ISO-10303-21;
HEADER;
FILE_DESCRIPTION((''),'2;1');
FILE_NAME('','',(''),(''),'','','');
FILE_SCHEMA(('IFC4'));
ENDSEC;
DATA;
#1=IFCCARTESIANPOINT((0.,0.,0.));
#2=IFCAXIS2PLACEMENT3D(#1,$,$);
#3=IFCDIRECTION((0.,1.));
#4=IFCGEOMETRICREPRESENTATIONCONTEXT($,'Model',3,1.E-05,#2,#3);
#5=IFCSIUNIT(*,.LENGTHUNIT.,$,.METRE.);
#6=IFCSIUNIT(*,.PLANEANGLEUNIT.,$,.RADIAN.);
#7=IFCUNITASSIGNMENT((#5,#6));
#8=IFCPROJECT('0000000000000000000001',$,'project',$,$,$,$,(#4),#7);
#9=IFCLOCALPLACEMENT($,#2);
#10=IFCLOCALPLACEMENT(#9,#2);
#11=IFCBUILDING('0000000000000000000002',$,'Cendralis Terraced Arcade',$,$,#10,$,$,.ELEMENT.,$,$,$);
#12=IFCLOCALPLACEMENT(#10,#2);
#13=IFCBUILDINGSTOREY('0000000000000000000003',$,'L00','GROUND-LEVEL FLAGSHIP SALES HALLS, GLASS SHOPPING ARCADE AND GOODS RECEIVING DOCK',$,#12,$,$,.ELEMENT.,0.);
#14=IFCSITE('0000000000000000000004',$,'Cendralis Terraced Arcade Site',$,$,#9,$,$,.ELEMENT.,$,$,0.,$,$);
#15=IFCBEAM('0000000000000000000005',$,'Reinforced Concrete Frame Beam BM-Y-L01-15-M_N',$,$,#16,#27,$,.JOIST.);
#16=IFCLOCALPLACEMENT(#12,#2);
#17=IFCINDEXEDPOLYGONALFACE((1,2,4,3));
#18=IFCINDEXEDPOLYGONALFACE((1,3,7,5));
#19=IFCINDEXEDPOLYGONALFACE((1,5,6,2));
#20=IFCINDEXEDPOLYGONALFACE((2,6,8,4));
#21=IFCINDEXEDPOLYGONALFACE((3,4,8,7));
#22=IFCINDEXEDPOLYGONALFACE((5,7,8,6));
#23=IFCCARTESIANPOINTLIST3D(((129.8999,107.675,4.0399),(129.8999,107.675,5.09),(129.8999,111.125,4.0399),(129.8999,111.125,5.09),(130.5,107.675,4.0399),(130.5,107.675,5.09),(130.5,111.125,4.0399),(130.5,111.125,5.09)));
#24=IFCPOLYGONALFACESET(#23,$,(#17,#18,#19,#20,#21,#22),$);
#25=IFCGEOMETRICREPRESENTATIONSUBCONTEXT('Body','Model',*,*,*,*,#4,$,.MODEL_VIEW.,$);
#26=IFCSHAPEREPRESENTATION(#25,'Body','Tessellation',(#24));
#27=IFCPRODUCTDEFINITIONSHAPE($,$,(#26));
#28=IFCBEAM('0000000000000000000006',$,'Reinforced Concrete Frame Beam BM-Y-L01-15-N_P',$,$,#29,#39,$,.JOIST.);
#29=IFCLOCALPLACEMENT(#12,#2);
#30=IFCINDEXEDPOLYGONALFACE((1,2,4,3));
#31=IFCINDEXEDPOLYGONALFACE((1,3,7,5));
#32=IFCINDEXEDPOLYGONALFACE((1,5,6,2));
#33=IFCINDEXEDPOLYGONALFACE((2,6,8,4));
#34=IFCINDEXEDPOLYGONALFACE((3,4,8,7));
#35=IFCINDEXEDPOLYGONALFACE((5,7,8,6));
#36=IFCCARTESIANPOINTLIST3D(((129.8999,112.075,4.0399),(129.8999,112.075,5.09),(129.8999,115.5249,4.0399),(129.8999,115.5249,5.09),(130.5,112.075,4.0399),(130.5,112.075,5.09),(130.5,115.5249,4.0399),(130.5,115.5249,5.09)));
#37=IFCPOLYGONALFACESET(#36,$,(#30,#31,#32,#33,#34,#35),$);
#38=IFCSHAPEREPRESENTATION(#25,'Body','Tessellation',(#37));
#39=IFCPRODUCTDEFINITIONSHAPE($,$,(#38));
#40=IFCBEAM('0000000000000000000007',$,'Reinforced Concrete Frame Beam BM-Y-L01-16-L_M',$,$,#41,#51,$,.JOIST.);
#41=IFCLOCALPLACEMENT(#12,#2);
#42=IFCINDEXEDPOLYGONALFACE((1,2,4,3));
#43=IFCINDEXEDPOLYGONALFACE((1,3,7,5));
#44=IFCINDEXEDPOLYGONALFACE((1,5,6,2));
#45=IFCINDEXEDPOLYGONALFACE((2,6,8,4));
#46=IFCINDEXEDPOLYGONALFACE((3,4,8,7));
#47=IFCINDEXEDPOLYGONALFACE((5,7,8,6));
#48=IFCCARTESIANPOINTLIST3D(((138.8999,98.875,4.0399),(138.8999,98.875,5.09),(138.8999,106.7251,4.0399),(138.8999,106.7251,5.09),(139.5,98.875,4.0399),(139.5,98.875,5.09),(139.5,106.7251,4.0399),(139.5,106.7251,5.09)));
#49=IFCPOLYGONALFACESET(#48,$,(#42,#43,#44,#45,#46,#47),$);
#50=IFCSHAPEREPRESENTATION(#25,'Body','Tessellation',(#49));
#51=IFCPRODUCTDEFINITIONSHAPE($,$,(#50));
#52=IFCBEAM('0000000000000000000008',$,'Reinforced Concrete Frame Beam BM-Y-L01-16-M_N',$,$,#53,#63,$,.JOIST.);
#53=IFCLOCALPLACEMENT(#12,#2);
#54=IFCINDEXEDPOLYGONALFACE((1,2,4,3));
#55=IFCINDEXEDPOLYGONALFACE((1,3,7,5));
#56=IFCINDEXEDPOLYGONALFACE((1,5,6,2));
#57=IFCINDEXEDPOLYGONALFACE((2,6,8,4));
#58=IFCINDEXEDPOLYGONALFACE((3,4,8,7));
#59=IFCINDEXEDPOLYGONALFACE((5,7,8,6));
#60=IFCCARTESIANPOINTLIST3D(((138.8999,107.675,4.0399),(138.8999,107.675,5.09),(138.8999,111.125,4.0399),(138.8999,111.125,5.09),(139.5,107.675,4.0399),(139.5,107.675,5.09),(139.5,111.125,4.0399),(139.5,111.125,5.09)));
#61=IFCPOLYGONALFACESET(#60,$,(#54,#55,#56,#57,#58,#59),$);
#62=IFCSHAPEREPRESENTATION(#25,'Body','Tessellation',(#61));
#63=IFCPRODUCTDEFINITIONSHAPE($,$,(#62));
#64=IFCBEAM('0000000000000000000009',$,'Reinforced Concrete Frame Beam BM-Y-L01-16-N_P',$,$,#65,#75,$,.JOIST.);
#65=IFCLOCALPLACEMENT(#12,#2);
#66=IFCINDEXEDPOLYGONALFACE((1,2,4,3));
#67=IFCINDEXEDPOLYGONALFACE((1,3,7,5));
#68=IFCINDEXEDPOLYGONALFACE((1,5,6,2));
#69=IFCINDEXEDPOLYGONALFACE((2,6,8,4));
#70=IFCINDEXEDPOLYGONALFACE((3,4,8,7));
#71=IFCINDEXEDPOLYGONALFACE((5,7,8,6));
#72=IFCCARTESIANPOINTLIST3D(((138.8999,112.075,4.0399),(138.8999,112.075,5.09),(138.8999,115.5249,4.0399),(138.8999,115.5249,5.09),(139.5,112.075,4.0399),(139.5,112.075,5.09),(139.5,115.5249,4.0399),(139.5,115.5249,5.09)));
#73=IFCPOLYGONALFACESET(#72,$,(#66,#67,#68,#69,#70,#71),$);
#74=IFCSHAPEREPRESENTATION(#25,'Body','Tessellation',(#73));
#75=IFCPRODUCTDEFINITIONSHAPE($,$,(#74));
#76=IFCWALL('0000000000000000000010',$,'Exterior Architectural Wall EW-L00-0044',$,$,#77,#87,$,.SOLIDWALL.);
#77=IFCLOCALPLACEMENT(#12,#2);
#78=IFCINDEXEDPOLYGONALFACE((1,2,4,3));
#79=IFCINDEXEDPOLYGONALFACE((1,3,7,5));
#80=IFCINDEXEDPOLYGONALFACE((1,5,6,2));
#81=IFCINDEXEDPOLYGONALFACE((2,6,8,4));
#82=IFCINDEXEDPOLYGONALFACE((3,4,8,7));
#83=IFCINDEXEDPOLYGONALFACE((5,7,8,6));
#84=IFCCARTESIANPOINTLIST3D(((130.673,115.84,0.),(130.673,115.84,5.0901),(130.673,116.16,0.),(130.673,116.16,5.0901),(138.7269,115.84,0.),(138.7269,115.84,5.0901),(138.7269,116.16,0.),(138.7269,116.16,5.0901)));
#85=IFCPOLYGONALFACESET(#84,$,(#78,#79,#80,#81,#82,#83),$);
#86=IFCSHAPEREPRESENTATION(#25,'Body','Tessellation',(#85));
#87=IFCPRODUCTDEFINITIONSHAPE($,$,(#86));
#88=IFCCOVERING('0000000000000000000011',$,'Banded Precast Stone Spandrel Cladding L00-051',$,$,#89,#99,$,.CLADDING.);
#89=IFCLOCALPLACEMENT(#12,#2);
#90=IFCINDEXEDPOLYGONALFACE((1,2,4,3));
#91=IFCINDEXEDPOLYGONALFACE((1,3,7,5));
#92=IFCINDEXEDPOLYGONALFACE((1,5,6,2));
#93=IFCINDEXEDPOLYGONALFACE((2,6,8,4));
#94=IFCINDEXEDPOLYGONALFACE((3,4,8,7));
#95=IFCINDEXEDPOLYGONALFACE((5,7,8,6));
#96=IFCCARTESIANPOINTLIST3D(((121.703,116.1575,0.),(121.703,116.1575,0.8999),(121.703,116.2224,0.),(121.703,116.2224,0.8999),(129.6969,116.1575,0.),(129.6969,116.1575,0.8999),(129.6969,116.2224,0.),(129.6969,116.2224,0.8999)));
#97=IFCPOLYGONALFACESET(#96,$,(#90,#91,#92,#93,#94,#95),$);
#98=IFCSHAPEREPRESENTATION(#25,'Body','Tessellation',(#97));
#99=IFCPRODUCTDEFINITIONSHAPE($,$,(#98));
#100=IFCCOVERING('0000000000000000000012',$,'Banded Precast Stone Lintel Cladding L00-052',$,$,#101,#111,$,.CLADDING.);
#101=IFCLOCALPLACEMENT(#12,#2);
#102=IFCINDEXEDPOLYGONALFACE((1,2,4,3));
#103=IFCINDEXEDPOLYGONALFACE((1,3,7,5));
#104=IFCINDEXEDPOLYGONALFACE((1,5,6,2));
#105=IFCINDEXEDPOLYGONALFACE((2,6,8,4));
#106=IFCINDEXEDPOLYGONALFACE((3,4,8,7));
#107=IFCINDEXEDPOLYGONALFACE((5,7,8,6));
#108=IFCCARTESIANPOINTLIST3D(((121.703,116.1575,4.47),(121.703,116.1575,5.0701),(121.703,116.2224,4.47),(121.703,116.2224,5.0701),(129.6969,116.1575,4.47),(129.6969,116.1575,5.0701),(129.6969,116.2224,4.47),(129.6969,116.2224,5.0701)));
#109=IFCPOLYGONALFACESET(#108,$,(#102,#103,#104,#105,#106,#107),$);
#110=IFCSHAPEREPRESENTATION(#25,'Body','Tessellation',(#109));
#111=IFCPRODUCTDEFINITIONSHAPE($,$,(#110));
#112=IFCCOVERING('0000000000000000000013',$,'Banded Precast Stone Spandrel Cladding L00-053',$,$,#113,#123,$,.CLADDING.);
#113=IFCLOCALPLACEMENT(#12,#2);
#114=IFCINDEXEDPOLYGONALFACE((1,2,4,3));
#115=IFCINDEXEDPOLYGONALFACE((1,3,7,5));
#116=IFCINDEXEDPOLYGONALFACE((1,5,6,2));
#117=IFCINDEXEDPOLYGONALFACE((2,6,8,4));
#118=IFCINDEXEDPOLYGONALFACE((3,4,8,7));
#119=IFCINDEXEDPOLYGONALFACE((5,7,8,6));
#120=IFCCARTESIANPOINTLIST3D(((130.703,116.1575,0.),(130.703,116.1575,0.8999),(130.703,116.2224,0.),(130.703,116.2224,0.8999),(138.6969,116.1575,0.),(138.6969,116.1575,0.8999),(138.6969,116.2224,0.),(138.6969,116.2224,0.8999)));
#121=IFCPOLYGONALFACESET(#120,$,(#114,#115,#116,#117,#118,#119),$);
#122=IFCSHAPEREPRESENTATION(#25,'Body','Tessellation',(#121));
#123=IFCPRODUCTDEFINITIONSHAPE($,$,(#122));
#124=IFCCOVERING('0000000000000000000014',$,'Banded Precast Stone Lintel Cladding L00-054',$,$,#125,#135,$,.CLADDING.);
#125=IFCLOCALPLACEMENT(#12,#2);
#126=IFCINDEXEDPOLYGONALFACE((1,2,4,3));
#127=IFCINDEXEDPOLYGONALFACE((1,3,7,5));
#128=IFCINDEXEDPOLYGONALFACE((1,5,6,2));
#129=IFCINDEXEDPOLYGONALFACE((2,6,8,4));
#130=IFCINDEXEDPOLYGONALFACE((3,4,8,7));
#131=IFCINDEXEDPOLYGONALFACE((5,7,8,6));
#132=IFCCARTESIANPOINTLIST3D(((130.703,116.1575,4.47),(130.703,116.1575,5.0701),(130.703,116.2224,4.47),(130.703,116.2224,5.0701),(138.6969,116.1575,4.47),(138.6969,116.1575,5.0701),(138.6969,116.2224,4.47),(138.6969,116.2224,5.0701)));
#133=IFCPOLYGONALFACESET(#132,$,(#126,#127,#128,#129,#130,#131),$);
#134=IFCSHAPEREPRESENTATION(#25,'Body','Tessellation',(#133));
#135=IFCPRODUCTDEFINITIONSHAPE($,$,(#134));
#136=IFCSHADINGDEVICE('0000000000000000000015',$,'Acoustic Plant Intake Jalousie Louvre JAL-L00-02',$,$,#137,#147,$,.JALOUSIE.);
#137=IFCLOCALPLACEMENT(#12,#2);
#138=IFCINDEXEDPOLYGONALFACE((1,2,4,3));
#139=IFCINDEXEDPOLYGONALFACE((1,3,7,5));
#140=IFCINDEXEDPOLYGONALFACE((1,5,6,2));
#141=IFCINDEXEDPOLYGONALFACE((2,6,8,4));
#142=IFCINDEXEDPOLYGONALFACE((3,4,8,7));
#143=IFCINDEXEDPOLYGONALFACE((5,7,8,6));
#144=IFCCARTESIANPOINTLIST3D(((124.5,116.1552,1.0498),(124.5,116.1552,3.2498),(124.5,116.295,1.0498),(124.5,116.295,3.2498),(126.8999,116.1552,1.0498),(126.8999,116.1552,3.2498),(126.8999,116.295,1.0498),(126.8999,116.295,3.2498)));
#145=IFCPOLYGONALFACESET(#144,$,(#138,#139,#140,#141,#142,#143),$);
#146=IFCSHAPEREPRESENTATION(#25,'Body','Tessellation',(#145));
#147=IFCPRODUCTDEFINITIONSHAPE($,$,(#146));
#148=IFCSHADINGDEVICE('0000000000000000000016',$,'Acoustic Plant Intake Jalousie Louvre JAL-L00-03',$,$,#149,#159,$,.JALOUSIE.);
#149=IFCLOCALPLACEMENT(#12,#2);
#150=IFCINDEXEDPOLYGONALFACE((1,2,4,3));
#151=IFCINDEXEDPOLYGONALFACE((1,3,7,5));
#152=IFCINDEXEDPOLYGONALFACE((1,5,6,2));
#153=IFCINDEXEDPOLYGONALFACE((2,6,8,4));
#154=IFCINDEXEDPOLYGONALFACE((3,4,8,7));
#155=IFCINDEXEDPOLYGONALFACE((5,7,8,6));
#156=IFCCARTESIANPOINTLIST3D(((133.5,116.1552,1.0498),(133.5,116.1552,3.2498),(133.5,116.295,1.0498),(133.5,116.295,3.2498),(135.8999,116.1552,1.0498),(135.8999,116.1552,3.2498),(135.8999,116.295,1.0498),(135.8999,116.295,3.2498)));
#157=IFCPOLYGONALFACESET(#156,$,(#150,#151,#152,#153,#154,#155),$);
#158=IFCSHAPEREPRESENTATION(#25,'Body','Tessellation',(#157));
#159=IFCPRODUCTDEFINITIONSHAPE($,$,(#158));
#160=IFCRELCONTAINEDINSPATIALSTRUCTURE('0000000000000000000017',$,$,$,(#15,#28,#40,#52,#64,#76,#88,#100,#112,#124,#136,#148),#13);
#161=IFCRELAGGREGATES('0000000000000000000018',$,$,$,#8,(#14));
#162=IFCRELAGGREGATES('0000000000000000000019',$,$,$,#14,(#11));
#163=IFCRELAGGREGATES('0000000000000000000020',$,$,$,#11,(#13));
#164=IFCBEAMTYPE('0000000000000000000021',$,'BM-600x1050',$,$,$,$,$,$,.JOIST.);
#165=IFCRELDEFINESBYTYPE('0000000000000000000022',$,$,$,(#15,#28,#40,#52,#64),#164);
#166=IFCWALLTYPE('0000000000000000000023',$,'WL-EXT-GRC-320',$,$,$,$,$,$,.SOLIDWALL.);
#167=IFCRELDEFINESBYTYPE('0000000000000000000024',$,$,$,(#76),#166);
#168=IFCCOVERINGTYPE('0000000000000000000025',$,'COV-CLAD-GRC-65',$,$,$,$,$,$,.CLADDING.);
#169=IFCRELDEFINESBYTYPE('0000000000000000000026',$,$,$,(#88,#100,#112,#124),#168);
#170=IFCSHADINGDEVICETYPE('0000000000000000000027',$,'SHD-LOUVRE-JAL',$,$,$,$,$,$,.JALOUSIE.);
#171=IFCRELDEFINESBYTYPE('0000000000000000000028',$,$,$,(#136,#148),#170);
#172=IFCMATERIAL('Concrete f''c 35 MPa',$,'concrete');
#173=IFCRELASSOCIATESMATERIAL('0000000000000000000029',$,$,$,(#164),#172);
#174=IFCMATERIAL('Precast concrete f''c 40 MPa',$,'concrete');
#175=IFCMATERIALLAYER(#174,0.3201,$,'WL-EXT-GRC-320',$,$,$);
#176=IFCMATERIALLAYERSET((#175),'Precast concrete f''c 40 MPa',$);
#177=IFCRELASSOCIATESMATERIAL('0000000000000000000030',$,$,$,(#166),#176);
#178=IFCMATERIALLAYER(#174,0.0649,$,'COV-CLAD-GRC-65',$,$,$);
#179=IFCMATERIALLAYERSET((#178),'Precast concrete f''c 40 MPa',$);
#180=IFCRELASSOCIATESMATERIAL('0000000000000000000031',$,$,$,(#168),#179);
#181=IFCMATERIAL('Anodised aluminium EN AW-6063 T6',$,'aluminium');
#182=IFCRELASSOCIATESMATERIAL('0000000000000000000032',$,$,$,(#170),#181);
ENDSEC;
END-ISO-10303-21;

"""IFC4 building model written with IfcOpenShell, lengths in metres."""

from ifc_helpers import new_model, si_unit, direction, frame, frame_2d, origin, origin_2d, place, context, subcontext, project, spatial, rectangle, extrude, material, layer, layer_set, material_profile, profile_set, type_object, element, save


model = new_model("IFC4")

# Units and contexts
model_context = context("Model", 3, precision=1e-05, world=origin(), true_north=direction((0.0, 1.0)))
body_context = subcontext(model_context, "Body", "Model", "MODEL_VIEW")
ifc_project = project(units=[si_unit("LENGTHUNIT", "METRE"), si_unit("PLANEANGLEUNIT", "RADIAN")], contexts=[model_context])

# Site, building, storey
site_placement = place(None, origin())
site = spatial("IfcSite", under=ifc_project, at=site_placement, Name="Cendralis Terraced Arcade Site", CompositionType="ELEMENT", RefElevation=0.0)
building_placement = place(site_placement, origin())
building = spatial("IfcBuilding", under=site, at=building_placement, Name="Cendralis Terraced Arcade", CompositionType="ELEMENT")
storey_placement = place(building_placement, origin())
storey = spatial("IfcBuildingStorey", under=building, at=storey_placement, Name="L00", Description="GROUND-LEVEL FLAGSHIP SALES HALLS, GLASS SHOPPING ARCADE AND GOODS RECEIVING DOCK", CompositionType="ELEMENT", Elevation=0.0)

# Shared definitions
ifc_material_1 = material(Name="Concrete f'c 35 MPa", Category="concrete")

# Beams
ifc_material_profile_1 = material_profile(ifc_material_1, rectangle(XDim=0.6001, YDim=1.05, at=origin_2d()), Name="RC-BM-600x1050", Category="LoadBearing")
ifc_profile_set_1 = profile_set([ifc_material_profile_1], Name="Concrete f'c 35 MPa")
beam_type = type_object("IfcBeamType", Name="BM-600x1050", PredefinedType="JOIST", material=ifc_profile_set_1)
for number, where, z_axis, x_axis, name in (
    (1, (130.2, 107.675, 4.5649), (0.0, 1.0, 0.0), (-1.0, 0.0, 0.0), "Reinforced Concrete Frame Beam BM-Y-L01-15-M_N"),
    (2, (130.2, 112.075, 4.5649), (0.0, 1.0, 0.0), (-1.0, 0.0, 0.0), "Reinforced Concrete Frame Beam BM-Y-L01-15-N_P"),
):
    element("IfcBeam", number, at=place(storey_placement, frame(where, z_axis=z_axis, x_axis=x_axis)), inside=storey, type_object=beam_type, Name=name, PredefinedType="JOIST", context=body_context, shape_type="SweptSolid", body=[
        extrude(rectangle(XDim=0.6001, YDim=1.05, at=origin_2d()), origin(), (0.0, 0.0, 1.0), 3.45),
    ])
beam_placement = place(storey_placement, frame((139.2, 98.875, 4.5649), z_axis=(0.0, 1.0, 0.0), x_axis=(-1.0, 0.0, 0.0)))
element("IfcBeam", 3, at=beam_placement, inside=storey, type_object=beam_type, Name="Reinforced Concrete Frame Beam BM-Y-L01-16-L_M", PredefinedType="JOIST", context=body_context, shape_type="SweptSolid", body=[
    extrude(rectangle(XDim=0.6001, YDim=1.05, at=origin_2d()), origin(), (0.0, 0.0, 1.0), 7.8501),
])
for number, where, z_axis, x_axis, name in (
    (4, (139.2, 107.675, 4.5649), (0.0, 1.0, 0.0), (-1.0, 0.0, 0.0), "Reinforced Concrete Frame Beam BM-Y-L01-16-M_N"),
    (5, (139.2, 112.075, 4.5649), (0.0, 1.0, 0.0), (-1.0, 0.0, 0.0), "Reinforced Concrete Frame Beam BM-Y-L01-16-N_P"),
):
    element("IfcBeam", number, at=place(storey_placement, frame(where, z_axis=z_axis, x_axis=x_axis)), inside=storey, type_object=beam_type, Name=name, PredefinedType="JOIST", context=body_context, shape_type="SweptSolid", body=[
        extrude(rectangle(XDim=0.6001, YDim=1.05, at=origin_2d()), origin(), (0.0, 0.0, 1.0), 3.45),
    ])

# Wall
ifc_material_2 = material(Name="Precast concrete f'c 40 MPa", Category="concrete")
ifc_layer_1 = layer(ifc_material_2, 0.3201, Name="WL-EXT-GRC-320")
ifc_layer_set_1 = layer_set([ifc_layer_1], Name="Precast concrete f'c 40 MPa")
wall_type = type_object("IfcWallType", Name="WL-EXT-GRC-320", PredefinedType="SOLIDWALL", material=ifc_layer_set_1)
wall_placement = place(storey_placement, frame((130.6731, 116.0, 0.0), z_axis=(0.0, 0.0, 1.0), x_axis=(1.0, 0.0, 0.0)))
element("IfcWall", 6, at=wall_placement, inside=storey, type_object=wall_type, Name="Exterior Architectural Wall EW-L00-0044", PredefinedType="SOLIDWALL", context=body_context, shape_type="SweptSolid", body=[
    extrude(rectangle(XDim=8.054, YDim=0.3201, at=frame_2d((4.0269, 0.0))), origin(), (0.0, 0.0, 1.0), 5.0901),
])

# Coverings
ifc_layer_2 = layer(ifc_material_2, 0.0649, Name="COV-CLAD-GRC-65")
ifc_layer_set_2 = layer_set([ifc_layer_2], Name="Precast concrete f'c 40 MPa")
covering_type = type_object("IfcCoveringType", Name="COV-CLAD-GRC-65", PredefinedType="CLADDING", material=ifc_layer_set_2)
covering_1_placement = place(storey_placement, frame((125.7, 116.1899, 0.0), z_axis=(0.0, 0.0, 1.0), x_axis=(1.0, 0.0, 0.0)))
element("IfcCovering", 7, at=covering_1_placement, inside=storey, type_object=covering_type, Name="Banded Precast Stone Spandrel Cladding L00-051", PredefinedType="CLADDING", context=body_context, shape_type="SweptSolid", body=[
    extrude(rectangle(XDim=7.9939, YDim=0.0649, at=origin_2d()), origin(), (0.0, 0.0, 1.0), 0.8999),
])
covering_2_placement = place(storey_placement, frame((125.7, 116.1899, 4.47), z_axis=(0.0, 0.0, 1.0), x_axis=(1.0, 0.0, 0.0)))
element("IfcCovering", 8, at=covering_2_placement, inside=storey, type_object=covering_type, Name="Banded Precast Stone Lintel Cladding L00-052", PredefinedType="CLADDING", context=body_context, shape_type="SweptSolid", body=[
    extrude(rectangle(XDim=7.9939, YDim=0.0649, at=origin_2d()), origin(), (0.0, 0.0, 1.0), 0.6001),
])
covering_3_placement = place(storey_placement, frame((134.7, 116.1899, 0.0), z_axis=(0.0, 0.0, 1.0), x_axis=(1.0, 0.0, 0.0)))
element("IfcCovering", 9, at=covering_3_placement, inside=storey, type_object=covering_type, Name="Banded Precast Stone Spandrel Cladding L00-053", PredefinedType="CLADDING", context=body_context, shape_type="SweptSolid", body=[
    extrude(rectangle(XDim=7.9939, YDim=0.0649, at=origin_2d()), origin(), (0.0, 0.0, 1.0), 0.8999),
])
covering_4_placement = place(storey_placement, frame((134.7, 116.1899, 4.47), z_axis=(0.0, 0.0, 1.0), x_axis=(1.0, 0.0, 0.0)))
element("IfcCovering", 10, at=covering_4_placement, inside=storey, type_object=covering_type, Name="Banded Precast Stone Lintel Cladding L00-054", PredefinedType="CLADDING", context=body_context, shape_type="SweptSolid", body=[
    extrude(rectangle(XDim=7.9939, YDim=0.0649, at=origin_2d()), origin(), (0.0, 0.0, 1.0), 0.6001),
])

# Shading devices
ifc_material_3 = material(Name="Anodised aluminium EN AW-6063 T6", Category="aluminium")
shading_device_type = type_object("IfcShadingDeviceType", Name="SHD-LOUVRE-JAL", PredefinedType="JALOUSIE", material=ifc_material_3)
for number, where, z_axis, x_axis, name in (
    (11, (125.7, 116.2251, 1.0498), (0.0, 0.0, 1.0), (1.0, 0.0, 0.0), "Acoustic Plant Intake Jalousie Louvre JAL-L00-02"),
    (12, (134.7, 116.2251, 1.0498), (0.0, 0.0, 1.0), (1.0, 0.0, 0.0), "Acoustic Plant Intake Jalousie Louvre JAL-L00-03"),
):
    element("IfcShadingDevice", number, at=place(storey_placement, frame(where, z_axis=z_axis, x_axis=x_axis)), inside=storey, type_object=shading_device_type, Name=name, PredefinedType="JALOUSIE", context=body_context, shape_type="SweptSolid", body=[
        extrude(rectangle(XDim=2.3999, YDim=0.1399, at=origin_2d()), origin(), (0.0, 0.0, 1.0), 2.2),
    ])

save(model, "model.ifc")
